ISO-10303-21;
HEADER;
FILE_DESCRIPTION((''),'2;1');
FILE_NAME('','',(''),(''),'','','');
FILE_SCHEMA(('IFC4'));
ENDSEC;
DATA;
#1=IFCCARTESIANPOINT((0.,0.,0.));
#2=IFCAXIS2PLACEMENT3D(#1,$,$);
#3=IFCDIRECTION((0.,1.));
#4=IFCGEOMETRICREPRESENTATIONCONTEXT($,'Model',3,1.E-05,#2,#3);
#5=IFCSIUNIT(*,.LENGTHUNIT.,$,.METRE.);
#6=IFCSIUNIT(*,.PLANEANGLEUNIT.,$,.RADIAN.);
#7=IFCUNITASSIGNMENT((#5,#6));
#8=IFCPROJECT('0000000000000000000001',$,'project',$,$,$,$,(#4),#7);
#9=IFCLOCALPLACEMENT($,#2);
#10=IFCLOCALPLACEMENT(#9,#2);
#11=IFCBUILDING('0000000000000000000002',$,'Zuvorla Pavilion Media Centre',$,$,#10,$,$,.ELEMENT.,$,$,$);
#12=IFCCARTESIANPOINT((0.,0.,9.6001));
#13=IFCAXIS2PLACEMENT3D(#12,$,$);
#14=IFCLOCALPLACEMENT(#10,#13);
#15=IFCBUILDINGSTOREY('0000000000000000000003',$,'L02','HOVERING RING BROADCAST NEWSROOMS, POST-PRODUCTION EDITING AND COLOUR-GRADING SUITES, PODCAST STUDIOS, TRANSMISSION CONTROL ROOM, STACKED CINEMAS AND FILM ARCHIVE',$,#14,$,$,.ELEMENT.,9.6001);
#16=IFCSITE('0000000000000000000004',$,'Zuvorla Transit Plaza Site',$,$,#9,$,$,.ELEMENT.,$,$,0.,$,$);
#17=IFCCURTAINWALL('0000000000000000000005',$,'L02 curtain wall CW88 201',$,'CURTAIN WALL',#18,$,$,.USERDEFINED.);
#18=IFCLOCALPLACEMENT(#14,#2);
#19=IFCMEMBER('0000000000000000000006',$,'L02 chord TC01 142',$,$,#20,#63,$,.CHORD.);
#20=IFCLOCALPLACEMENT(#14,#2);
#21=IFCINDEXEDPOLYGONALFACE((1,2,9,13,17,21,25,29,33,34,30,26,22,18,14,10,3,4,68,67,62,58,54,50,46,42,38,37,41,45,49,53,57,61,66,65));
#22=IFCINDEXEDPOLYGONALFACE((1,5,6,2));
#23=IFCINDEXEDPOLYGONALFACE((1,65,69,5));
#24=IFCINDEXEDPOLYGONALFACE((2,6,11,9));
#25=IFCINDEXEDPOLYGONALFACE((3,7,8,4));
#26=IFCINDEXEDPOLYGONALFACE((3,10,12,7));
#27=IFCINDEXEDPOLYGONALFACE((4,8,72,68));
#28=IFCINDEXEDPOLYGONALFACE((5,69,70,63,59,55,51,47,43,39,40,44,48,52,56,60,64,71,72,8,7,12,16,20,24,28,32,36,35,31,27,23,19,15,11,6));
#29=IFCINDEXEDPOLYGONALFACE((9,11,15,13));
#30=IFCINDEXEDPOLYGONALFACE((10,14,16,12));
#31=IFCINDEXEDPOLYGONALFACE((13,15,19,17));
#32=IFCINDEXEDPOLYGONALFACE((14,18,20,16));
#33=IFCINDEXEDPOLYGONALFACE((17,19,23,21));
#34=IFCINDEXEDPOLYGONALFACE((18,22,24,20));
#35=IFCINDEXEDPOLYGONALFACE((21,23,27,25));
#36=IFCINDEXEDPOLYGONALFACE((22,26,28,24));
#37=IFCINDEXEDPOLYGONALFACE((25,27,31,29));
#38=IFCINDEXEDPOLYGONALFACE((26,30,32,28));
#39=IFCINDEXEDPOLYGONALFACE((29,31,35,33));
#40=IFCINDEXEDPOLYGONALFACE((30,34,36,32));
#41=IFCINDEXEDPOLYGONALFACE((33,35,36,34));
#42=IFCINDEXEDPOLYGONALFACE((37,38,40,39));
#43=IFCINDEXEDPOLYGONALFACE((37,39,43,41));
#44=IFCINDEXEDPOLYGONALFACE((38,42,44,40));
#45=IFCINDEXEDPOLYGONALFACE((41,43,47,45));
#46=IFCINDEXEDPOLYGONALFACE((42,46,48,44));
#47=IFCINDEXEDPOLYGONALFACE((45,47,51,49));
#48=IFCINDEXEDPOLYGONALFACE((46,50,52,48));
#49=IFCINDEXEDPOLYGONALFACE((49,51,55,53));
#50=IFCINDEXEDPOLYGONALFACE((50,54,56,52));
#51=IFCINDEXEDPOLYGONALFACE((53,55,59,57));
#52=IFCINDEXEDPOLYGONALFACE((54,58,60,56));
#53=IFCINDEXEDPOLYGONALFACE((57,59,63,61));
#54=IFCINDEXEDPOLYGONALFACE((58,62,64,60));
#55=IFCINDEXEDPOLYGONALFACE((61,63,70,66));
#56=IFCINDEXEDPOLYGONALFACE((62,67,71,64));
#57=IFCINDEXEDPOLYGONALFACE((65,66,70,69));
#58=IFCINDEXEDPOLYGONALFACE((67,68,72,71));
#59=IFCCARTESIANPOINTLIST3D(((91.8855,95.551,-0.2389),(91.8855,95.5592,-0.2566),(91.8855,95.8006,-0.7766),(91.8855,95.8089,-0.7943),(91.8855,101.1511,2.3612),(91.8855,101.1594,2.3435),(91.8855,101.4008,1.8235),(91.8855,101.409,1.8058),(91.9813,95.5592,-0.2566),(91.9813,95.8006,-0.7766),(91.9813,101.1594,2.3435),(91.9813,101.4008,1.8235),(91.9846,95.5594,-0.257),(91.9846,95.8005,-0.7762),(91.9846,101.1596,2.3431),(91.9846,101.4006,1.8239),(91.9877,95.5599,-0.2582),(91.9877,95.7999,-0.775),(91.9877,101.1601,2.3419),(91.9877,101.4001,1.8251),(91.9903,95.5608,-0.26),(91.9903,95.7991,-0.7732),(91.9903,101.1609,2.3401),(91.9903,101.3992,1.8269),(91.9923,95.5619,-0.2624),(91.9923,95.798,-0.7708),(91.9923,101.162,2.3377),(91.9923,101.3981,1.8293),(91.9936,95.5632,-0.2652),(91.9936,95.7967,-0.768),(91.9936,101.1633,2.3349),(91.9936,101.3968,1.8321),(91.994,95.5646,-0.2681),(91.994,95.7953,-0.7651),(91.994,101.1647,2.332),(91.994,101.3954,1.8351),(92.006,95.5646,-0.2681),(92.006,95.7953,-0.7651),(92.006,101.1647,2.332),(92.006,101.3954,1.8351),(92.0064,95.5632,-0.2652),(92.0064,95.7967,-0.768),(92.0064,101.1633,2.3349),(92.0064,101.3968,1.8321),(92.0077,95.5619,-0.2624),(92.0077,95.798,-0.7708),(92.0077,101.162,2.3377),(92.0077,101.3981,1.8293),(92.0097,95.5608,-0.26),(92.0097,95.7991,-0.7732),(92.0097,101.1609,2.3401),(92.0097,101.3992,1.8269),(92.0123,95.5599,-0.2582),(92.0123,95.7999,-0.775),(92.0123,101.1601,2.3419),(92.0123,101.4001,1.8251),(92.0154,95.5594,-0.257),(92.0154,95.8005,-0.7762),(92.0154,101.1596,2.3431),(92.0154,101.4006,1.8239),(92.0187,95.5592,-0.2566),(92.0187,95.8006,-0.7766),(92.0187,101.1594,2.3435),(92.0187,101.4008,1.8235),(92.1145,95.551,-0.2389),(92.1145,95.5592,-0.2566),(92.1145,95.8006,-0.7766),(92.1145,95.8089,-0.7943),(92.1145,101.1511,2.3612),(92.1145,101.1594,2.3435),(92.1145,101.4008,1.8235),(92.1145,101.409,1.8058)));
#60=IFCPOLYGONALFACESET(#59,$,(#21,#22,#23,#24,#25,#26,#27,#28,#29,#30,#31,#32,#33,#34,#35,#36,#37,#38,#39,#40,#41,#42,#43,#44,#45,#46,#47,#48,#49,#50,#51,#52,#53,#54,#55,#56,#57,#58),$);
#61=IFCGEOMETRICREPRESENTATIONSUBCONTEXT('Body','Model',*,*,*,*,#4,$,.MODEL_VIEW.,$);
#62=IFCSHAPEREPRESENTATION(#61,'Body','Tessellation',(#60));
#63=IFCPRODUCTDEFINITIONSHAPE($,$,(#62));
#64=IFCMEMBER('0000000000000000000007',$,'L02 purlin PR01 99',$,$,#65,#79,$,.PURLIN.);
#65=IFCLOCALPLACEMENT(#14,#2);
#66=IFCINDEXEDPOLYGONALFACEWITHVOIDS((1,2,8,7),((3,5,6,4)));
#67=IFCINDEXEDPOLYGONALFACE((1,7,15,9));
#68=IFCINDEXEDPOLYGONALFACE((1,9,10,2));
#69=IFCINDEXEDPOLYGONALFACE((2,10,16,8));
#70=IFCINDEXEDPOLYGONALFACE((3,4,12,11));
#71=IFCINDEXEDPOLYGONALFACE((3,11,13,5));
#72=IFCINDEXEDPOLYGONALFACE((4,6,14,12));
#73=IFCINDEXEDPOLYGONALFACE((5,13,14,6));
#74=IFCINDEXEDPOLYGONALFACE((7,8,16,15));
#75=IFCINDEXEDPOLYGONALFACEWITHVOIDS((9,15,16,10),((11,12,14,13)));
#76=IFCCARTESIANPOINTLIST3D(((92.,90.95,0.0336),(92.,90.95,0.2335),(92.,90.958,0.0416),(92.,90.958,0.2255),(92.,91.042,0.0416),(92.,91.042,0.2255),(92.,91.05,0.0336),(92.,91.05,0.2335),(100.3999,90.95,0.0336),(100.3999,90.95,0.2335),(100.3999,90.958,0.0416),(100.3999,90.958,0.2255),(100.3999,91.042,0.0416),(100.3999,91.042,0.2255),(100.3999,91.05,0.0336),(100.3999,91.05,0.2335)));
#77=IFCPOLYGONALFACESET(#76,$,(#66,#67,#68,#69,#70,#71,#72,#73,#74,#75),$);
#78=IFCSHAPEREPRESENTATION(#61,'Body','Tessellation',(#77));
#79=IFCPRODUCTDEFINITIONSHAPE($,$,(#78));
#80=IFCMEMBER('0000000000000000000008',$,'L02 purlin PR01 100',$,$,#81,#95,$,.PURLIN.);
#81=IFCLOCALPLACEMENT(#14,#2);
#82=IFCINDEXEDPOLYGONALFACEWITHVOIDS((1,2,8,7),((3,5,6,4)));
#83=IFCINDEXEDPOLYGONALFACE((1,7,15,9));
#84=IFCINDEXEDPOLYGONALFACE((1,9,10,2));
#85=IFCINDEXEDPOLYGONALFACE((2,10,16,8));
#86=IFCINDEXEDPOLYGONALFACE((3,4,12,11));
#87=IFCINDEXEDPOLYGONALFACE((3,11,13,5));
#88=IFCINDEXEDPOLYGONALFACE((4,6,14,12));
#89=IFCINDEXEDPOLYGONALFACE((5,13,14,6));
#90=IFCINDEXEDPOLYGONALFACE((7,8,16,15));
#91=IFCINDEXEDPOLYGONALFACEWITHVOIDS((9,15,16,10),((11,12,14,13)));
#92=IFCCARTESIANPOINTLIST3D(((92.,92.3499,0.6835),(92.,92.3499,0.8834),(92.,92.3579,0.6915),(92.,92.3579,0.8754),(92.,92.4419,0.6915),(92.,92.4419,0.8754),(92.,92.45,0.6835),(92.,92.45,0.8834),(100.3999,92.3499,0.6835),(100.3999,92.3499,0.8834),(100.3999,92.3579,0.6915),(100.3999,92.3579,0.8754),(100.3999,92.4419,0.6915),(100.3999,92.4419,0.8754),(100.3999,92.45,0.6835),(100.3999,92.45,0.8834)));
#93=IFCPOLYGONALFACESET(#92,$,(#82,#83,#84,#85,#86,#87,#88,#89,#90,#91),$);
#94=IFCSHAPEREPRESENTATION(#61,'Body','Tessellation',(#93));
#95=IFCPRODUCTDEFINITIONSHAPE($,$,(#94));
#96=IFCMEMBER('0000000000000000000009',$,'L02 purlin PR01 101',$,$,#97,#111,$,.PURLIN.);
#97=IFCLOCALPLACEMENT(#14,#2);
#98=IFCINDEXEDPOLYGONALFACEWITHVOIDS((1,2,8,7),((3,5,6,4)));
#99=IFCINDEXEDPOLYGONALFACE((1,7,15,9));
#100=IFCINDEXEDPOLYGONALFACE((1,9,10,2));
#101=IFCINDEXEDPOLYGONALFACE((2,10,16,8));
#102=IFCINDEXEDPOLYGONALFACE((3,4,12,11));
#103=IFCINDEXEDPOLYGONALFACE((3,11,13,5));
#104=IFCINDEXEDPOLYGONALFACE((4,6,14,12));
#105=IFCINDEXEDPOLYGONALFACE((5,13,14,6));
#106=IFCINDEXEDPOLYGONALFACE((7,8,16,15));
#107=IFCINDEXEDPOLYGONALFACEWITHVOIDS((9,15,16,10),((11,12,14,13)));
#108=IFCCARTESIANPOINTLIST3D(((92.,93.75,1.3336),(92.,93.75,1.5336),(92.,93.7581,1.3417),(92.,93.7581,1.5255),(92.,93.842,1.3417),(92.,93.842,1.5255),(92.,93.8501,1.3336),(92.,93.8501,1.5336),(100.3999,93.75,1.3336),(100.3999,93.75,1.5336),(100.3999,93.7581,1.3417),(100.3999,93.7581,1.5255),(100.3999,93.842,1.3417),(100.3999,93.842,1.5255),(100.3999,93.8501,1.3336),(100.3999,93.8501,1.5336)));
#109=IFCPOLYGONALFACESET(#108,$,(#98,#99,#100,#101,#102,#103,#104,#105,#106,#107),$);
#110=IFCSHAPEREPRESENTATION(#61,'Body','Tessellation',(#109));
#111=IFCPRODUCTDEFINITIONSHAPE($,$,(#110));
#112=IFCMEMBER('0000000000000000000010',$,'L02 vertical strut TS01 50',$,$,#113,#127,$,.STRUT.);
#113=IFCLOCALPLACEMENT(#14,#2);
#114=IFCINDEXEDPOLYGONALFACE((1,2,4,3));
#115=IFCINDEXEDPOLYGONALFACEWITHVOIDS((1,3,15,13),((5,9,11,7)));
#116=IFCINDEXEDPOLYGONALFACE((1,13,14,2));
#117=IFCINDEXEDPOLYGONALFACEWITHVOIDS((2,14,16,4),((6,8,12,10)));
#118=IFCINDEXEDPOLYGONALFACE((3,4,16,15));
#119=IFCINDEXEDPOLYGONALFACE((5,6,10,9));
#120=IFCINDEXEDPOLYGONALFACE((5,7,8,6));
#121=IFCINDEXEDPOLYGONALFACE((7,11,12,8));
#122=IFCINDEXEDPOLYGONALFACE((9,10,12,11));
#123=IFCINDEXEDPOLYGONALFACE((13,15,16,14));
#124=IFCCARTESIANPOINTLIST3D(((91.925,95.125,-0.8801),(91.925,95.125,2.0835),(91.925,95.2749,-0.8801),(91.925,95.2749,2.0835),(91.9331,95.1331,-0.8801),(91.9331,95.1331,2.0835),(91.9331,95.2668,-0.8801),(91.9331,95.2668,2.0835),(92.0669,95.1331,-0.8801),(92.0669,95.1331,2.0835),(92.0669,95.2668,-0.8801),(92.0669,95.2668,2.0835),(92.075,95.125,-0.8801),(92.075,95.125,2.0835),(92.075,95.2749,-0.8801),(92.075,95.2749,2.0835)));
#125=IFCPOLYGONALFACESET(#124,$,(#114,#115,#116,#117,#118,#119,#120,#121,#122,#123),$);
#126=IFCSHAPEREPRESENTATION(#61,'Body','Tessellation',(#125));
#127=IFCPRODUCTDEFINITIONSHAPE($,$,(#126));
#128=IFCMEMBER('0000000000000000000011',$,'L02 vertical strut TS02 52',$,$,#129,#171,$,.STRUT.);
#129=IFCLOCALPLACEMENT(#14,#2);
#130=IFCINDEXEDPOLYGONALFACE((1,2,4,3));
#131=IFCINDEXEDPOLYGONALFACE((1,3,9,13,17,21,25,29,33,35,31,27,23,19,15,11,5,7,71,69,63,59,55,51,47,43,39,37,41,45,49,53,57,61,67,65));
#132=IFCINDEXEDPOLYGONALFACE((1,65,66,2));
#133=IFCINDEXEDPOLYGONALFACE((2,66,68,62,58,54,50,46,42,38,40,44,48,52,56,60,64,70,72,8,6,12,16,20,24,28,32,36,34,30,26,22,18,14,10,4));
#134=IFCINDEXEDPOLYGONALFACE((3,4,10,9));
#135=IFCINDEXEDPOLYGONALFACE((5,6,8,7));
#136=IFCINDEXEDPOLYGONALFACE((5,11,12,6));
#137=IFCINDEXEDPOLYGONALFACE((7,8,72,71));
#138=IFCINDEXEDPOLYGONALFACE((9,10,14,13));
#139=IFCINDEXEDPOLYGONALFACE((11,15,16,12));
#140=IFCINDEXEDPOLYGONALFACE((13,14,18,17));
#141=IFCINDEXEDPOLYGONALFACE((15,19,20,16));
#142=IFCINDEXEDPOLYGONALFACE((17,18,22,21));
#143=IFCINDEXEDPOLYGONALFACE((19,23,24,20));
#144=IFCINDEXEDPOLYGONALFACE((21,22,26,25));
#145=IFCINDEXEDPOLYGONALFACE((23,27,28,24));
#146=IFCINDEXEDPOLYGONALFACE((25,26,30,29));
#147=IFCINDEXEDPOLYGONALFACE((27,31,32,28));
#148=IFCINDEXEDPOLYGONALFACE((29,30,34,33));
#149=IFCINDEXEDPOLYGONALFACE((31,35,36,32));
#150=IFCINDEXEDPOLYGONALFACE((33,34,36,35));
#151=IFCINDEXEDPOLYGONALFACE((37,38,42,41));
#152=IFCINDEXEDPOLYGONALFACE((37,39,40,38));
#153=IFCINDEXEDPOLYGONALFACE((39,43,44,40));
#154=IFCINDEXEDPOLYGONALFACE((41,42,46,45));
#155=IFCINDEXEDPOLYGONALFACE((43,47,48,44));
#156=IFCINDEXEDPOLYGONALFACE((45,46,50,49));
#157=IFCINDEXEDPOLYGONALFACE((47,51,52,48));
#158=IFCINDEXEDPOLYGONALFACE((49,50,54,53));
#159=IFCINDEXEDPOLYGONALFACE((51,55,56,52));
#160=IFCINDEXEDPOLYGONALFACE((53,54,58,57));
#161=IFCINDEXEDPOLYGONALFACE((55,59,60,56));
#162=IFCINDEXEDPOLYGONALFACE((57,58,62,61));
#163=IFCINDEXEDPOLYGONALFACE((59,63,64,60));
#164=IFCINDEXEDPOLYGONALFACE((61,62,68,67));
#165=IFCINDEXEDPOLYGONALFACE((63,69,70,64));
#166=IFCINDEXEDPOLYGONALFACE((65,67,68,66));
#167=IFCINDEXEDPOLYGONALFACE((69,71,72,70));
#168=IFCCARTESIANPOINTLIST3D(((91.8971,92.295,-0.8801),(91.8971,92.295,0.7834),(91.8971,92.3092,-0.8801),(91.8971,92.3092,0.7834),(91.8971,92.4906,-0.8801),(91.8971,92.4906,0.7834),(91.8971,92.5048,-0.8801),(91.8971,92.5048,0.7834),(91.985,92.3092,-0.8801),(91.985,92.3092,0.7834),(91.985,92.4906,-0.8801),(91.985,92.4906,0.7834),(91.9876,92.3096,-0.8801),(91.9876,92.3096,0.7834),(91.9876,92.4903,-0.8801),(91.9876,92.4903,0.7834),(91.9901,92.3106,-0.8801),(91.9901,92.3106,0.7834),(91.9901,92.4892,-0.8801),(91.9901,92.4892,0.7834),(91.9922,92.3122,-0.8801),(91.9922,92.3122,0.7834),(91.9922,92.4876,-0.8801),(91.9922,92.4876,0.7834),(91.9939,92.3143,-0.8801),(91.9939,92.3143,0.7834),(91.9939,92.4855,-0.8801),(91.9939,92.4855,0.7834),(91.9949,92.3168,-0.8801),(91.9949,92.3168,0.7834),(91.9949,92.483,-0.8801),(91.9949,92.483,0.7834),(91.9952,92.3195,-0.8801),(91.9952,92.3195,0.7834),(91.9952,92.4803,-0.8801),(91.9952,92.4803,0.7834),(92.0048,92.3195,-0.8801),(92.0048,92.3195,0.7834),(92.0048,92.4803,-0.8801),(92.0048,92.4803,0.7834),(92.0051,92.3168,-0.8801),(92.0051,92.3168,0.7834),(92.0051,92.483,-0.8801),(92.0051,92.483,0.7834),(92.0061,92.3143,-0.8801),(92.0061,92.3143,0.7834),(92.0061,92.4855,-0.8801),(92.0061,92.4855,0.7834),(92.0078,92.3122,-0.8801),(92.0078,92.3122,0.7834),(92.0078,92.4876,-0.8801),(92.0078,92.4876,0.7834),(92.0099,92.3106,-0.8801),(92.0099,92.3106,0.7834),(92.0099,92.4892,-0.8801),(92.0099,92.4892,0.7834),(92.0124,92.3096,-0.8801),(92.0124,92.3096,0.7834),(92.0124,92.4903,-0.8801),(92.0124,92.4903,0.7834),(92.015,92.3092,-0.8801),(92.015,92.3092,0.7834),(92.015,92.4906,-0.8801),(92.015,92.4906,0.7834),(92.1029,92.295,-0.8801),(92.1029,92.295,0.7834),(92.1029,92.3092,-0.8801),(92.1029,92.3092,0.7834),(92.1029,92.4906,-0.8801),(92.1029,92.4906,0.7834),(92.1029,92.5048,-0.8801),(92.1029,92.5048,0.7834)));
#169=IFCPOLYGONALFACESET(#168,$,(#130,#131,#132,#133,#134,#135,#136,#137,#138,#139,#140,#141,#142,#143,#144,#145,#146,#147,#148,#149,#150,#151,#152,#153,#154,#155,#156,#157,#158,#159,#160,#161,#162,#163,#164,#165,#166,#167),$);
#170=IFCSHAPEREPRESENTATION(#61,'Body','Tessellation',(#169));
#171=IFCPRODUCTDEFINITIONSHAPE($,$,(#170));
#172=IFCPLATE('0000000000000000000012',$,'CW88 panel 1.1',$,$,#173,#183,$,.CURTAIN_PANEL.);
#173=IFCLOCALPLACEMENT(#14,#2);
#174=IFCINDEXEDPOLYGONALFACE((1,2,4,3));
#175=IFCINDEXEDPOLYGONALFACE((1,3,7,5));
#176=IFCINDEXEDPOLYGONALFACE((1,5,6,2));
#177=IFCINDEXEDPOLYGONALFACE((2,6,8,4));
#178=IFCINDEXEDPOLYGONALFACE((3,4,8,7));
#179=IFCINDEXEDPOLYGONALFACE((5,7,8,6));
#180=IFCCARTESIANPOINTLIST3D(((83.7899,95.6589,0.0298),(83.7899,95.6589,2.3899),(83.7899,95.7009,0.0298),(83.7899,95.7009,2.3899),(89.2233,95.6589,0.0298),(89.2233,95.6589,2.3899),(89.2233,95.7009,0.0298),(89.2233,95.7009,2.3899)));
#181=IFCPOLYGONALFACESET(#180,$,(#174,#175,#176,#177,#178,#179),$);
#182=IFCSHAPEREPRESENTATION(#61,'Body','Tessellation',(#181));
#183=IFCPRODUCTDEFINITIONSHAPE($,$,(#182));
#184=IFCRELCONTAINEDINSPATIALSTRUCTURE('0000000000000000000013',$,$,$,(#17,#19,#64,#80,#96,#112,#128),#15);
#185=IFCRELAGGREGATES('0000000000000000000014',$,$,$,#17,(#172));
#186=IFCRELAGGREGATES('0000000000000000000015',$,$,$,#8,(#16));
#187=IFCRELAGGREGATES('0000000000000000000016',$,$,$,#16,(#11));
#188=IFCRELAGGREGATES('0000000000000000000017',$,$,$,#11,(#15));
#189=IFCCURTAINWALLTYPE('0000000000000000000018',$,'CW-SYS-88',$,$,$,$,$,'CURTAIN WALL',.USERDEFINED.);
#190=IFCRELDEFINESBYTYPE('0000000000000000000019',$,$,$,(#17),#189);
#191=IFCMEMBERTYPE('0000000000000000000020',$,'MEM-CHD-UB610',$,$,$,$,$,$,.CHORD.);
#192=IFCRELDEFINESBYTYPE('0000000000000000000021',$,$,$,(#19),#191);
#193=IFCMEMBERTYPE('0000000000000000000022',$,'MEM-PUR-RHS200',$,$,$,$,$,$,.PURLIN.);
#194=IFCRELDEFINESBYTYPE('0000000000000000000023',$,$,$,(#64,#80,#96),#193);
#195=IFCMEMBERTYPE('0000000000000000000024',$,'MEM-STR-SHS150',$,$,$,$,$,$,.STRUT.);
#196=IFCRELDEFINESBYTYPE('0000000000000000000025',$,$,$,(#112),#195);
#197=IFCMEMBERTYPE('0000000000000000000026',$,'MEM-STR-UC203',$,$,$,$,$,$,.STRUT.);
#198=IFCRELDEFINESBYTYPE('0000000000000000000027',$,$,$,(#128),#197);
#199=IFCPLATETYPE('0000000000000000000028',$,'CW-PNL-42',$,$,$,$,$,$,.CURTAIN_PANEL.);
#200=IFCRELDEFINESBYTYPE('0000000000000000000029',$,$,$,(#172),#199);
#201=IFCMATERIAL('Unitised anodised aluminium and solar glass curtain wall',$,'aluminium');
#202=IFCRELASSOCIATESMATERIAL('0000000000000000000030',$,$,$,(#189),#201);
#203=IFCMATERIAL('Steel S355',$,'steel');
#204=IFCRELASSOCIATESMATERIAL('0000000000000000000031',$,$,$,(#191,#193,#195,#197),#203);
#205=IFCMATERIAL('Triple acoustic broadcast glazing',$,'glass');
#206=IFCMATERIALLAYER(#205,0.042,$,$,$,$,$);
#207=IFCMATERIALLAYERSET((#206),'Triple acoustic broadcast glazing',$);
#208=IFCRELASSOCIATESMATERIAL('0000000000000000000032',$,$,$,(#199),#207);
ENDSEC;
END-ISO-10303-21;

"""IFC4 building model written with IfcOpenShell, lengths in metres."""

from ifc_helpers import new_model, si_unit, direction, frame, origin, origin_2d, place, context, subcontext, project, spatial, rectangle, hollow_rectangle, i_section, extrude, material, layer, layer_set, material_profile, profile_set, type_object, element, aggregate, save


model = new_model("IFC4")

# Units and contexts
model_context = context("Model", 3, precision=1e-05, world=origin(), true_north=direction((0.0, 1.0)))
body_context = subcontext(model_context, "Body", "Model", "MODEL_VIEW")
ifc_project = project(units=[si_unit("LENGTHUNIT", "METRE"), si_unit("PLANEANGLEUNIT", "RADIAN")], contexts=[model_context])

# Site, building, storey
site_placement = place(None, origin())
site = spatial("IfcSite", under=ifc_project, at=site_placement, Name="Zuvorla Transit Plaza Site", CompositionType="ELEMENT", RefElevation=0.0)
building_placement = place(site_placement, origin())
building = spatial("IfcBuilding", under=site, at=building_placement, Name="Zuvorla Pavilion Media Centre", CompositionType="ELEMENT")
storey_placement = place(building_placement, frame((0.0, 0.0, 9.6001)))
storey = spatial("IfcBuildingStorey", under=building, at=storey_placement, Name="L02", Description="HOVERING RING BROADCAST NEWSROOMS, POST-PRODUCTION EDITING AND COLOUR-GRADING SUITES, PODCAST STUDIOS, TRANSMISSION CONTROL ROOM, STACKED CINEMAS AND FILM ARCHIVE", CompositionType="ELEMENT", Elevation=9.6001)

# Shared definitions
ifc_material_1 = material(Name="Steel S355", Category="steel")

# Curtain wall
ifc_material_2 = material(Name="Unitised anodised aluminium and solar glass curtain wall", Category="aluminium")
curtain_wall_type = type_object("IfcCurtainWallType", Name="CW-SYS-88", ElementType="CURTAIN WALL", PredefinedType="USERDEFINED", material=ifc_material_2)
curtain_wall_placement = place(storey_placement, origin())
curtain_wall = element("IfcCurtainWall", 1, at=curtain_wall_placement, inside=storey, type_object=curtain_wall_type, Name="L02 curtain wall CW88 201", ObjectType="CURTAIN WALL", PredefinedType="USERDEFINED")

# Members
ifc_material_profile_1 = material_profile(ifc_material_1, i_section(OverallWidth=0.229, OverallDepth=0.6123, WebThickness=0.012, FlangeThickness=0.0195, FilletRadius=0.0127, at=origin_2d()), Name="UB 610x229x125")
ifc_profile_set_1 = profile_set([ifc_material_profile_1], Name="Steel S355")
member_type_1 = type_object("IfcMemberType", Name="MEM-CHD-UB610", PredefinedType="CHORD", material=ifc_profile_set_1)
member_1_placement = place(storey_placement, frame((92.0, 95.6799, -0.5166), z_axis=(0.0, 0.907006, 0.421118), x_axis=(-1.0, 0.0, 0.0)))
element("IfcMember", 2, at=member_1_placement, inside=storey, type_object=member_type_1, Name="L02 chord TC01 142", PredefinedType="CHORD", context=body_context, shape_type="SweptSolid", body=[
    extrude(i_section(OverallWidth=0.229, OverallDepth=0.6123, WebThickness=0.012, FlangeThickness=0.0195, FilletRadius=0.0127, at=origin_2d()), origin(), (0.0, 0.0, 1.0), 6.1743),
])
ifc_material_profile_2 = material_profile(ifc_material_1, hollow_rectangle(XDim=0.1001, YDim=0.2, WallThickness=0.0081, at=origin_2d()), Name="RHS 200x100x8")
ifc_profile_set_2 = profile_set([ifc_material_profile_2], Name="Steel S355")
member_type_2 = type_object("IfcMemberType", Name="MEM-PUR-RHS200", PredefinedType="PURLIN", material=ifc_profile_set_2)
for number, where, z_axis, x_axis, name in (
    (3, (92.0, 91.0, 0.1335), (1.0, 0.0, 0.0), (0.0, 1.0, 0.0), "L02 purlin PR01 99"),
    (4, (92.0, 92.3999, 0.7834), (1.0, 0.0, 0.0), (0.0, 1.0, 0.0), "L02 purlin PR01 100"),
    (5, (92.0, 93.8, 1.4336), (1.0, 0.0, 0.0), (0.0, 1.0, 0.0), "L02 purlin PR01 101"),
):
    element("IfcMember", number, at=place(storey_placement, frame(where, z_axis=z_axis, x_axis=x_axis)), inside=storey, type_object=member_type_2, Name=name, PredefinedType="PURLIN", context=body_context, shape_type="SweptSolid", body=[
        extrude(hollow_rectangle(XDim=0.1001, YDim=0.2, WallThickness=0.0081, at=origin_2d()), origin(), (0.0, 0.0, 1.0), 8.3999),
    ])
ifc_material_profile_3 = material_profile(ifc_material_1, hollow_rectangle(XDim=0.1499, YDim=0.1499, WallThickness=0.0081, at=origin_2d()), Name="SHS 150x150x8")
ifc_profile_set_3 = profile_set([ifc_material_profile_3], Name="Steel S355")
member_type_3 = type_object("IfcMemberType", Name="MEM-STR-SHS150", PredefinedType="STRUT", material=ifc_profile_set_3)
member_2_placement = place(storey_placement, frame((92.0, 95.2, -0.8801), z_axis=(0.0, 0.0, 1.0), x_axis=(1.0, 0.0, 0.0)))
element("IfcMember", 6, at=member_2_placement, inside=storey, type_object=member_type_3, Name="L02 vertical strut TS01 50", PredefinedType="STRUT", context=body_context, shape_type="SweptSolid", body=[
    extrude(hollow_rectangle(XDim=0.1499, YDim=0.1499, WallThickness=0.0081, at=origin_2d()), origin(), (0.0, 0.0, 1.0), 2.9636),
])
ifc_material_profile_4 = material_profile(ifc_material_1, i_section(OverallWidth=0.2058, OverallDepth=0.2097, WebThickness=0.0095, FlangeThickness=0.0142, FilletRadius=0.0103, at=origin_2d()), Name="UC 203x203x60")
ifc_profile_set_4 = profile_set([ifc_material_profile_4], Name="Steel S355")
member_type_4 = type_object("IfcMemberType", Name="MEM-STR-UC203", PredefinedType="STRUT", material=ifc_profile_set_4)
member_3_placement = place(storey_placement, frame((92.0, 92.3999, -0.8801), z_axis=(0.0, 0.0, 1.0), x_axis=(1.0, 0.0, 0.0)))
element("IfcMember", 7, at=member_3_placement, inside=storey, type_object=member_type_4, Name="L02 vertical strut TS02 52", PredefinedType="STRUT", context=body_context, shape_type="SweptSolid", body=[
    extrude(i_section(OverallWidth=0.2058, OverallDepth=0.2097, WebThickness=0.0095, FlangeThickness=0.0142, FilletRadius=0.0103, at=origin_2d()), origin(), (0.0, 0.0, 1.0), 1.6636),
])

# Plate
ifc_material_3 = material(Name="Triple acoustic broadcast glazing", Category="glass")
ifc_layer_1 = layer(ifc_material_3, 0.042)
ifc_layer_set_1 = layer_set([ifc_layer_1], Name="Triple acoustic broadcast glazing")
plate_type_1 = type_object("IfcPlateType", Name="CW-PNL-42", PredefinedType="CURTAIN_PANEL", material=ifc_layer_set_1)
plate_1_placement = place(storey_placement, frame((86.5066, 95.6799, 0.0298), z_axis=(0.0, 0.0, 1.0), x_axis=(1.0, 0.0, 0.0)))
plate_1 = element("IfcPlate", 8, at=plate_1_placement, type_object=plate_type_1, Name="CW88 panel 1.1", PredefinedType="CURTAIN_PANEL", context=body_context, shape_type="SweptSolid", body=[
    extrude(rectangle(XDim=5.4333, YDim=0.042, at=origin_2d()), origin(), (0.0, 0.0, 1.0), 2.3601),
])
aggregate(curtain_wall, [plate_1])

save(model, "model.ifc")
